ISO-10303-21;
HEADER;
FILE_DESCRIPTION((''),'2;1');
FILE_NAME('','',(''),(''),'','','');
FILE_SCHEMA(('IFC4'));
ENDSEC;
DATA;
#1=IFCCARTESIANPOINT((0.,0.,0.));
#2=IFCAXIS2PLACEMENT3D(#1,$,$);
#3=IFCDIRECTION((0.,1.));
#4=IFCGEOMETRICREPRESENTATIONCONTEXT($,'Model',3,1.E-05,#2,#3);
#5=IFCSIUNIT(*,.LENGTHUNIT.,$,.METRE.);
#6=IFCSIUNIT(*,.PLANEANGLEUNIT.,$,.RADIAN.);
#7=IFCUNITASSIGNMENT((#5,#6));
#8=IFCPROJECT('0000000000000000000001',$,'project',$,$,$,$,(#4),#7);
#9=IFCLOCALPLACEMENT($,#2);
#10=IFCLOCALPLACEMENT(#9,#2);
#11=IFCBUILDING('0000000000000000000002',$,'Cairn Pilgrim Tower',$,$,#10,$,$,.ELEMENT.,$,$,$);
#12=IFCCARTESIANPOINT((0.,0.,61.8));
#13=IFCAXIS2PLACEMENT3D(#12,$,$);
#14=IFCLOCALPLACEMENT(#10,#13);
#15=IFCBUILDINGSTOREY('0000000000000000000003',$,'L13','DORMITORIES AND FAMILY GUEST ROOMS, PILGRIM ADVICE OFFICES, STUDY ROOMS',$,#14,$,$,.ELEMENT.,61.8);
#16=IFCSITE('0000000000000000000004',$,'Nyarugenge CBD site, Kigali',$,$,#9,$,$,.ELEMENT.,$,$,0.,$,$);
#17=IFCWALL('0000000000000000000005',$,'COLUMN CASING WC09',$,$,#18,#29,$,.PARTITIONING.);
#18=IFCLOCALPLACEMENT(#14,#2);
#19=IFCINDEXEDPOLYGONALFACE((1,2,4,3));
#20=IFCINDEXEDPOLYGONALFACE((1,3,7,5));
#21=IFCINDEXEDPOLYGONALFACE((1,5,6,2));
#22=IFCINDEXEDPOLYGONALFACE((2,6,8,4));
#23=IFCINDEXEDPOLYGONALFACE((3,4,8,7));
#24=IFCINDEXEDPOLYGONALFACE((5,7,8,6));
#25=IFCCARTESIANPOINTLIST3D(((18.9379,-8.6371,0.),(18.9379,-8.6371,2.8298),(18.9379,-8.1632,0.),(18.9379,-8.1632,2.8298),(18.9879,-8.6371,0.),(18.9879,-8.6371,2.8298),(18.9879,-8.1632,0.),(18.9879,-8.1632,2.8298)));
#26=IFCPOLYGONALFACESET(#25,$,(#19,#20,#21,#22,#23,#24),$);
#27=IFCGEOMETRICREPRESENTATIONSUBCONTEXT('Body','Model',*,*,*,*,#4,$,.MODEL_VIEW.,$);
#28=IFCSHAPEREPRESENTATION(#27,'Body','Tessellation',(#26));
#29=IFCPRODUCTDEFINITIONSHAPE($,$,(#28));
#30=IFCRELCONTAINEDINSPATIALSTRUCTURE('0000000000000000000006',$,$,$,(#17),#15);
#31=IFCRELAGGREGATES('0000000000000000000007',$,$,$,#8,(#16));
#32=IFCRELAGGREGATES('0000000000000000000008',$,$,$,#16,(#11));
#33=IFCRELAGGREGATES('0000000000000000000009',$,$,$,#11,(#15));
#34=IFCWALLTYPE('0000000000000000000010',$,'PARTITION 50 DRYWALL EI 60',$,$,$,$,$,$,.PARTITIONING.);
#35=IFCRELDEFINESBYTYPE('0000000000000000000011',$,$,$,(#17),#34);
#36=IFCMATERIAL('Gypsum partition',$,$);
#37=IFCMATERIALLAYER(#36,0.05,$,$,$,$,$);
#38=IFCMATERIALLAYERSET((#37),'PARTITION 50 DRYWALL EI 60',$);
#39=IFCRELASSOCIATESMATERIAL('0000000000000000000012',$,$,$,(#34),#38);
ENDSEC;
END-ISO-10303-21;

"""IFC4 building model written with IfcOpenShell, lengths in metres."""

from ifc_helpers import new_model, si_unit, direction, frame, frame_2d, origin, place, context, subcontext, project, spatial, rectangle, extrude, material, layer, layer_set, type_object, element, save


model = new_model("IFC4")

# Units and contexts
model_context = context("Model", 3, precision=1e-05, world=origin(), true_north=direction((0.0, 1.0)))
body_context = subcontext(model_context, "Body", "Model", "MODEL_VIEW")
ifc_project = project(units=[si_unit("LENGTHUNIT", "METRE"), si_unit("PLANEANGLEUNIT", "RADIAN")], contexts=[model_context])

# Site, building, storey
site_placement = place(None, origin())
site = spatial("IfcSite", under=ifc_project, at=site_placement, Name="Nyarugenge CBD site, Kigali", CompositionType="ELEMENT", RefElevation=0.0)
building_placement = place(site_placement, origin())
building = spatial("IfcBuilding", under=site, at=building_placement, Name="Cairn Pilgrim Tower", CompositionType="ELEMENT")
storey_placement = place(building_placement, frame((0.0, 0.0, 61.8)))
storey = spatial("IfcBuildingStorey", under=building, at=storey_placement, Name="L13", Description="DORMITORIES AND FAMILY GUEST ROOMS, PILGRIM ADVICE OFFICES, STUDY ROOMS", CompositionType="ELEMENT", Elevation=61.8)

# Shared definitions
ifc_material_1 = material(Name="Gypsum partition")

# Wall
ifc_layer_1 = layer(ifc_material_1, 0.05)
ifc_layer_set_1 = layer_set([ifc_layer_1], Name="PARTITION 50 DRYWALL EI 60")
wall_type_1 = type_object("IfcWallType", Name="PARTITION 50 DRYWALL EI 60", PredefinedType="PARTITIONING", material=ifc_layer_set_1)
wall_1_placement = place(storey_placement, frame((18.9629, -8.637, 0.0), z_axis=(0.0, 0.0, 1.0), x_axis=(0.0, 1.0, 0.0)))
element("IfcWall", 1, at=wall_1_placement, inside=storey, type_object=wall_type_1, Name="COLUMN CASING WC09", PredefinedType="PARTITIONING", context=body_context, shape_type="SweptSolid", body=[
    extrude(rectangle(XDim=0.4739, YDim=0.05, at=frame_2d((0.2368, 0.0))), origin(), (0.0, 0.0, 1.0), 2.8298),
])

save(model, "model.ifc")
